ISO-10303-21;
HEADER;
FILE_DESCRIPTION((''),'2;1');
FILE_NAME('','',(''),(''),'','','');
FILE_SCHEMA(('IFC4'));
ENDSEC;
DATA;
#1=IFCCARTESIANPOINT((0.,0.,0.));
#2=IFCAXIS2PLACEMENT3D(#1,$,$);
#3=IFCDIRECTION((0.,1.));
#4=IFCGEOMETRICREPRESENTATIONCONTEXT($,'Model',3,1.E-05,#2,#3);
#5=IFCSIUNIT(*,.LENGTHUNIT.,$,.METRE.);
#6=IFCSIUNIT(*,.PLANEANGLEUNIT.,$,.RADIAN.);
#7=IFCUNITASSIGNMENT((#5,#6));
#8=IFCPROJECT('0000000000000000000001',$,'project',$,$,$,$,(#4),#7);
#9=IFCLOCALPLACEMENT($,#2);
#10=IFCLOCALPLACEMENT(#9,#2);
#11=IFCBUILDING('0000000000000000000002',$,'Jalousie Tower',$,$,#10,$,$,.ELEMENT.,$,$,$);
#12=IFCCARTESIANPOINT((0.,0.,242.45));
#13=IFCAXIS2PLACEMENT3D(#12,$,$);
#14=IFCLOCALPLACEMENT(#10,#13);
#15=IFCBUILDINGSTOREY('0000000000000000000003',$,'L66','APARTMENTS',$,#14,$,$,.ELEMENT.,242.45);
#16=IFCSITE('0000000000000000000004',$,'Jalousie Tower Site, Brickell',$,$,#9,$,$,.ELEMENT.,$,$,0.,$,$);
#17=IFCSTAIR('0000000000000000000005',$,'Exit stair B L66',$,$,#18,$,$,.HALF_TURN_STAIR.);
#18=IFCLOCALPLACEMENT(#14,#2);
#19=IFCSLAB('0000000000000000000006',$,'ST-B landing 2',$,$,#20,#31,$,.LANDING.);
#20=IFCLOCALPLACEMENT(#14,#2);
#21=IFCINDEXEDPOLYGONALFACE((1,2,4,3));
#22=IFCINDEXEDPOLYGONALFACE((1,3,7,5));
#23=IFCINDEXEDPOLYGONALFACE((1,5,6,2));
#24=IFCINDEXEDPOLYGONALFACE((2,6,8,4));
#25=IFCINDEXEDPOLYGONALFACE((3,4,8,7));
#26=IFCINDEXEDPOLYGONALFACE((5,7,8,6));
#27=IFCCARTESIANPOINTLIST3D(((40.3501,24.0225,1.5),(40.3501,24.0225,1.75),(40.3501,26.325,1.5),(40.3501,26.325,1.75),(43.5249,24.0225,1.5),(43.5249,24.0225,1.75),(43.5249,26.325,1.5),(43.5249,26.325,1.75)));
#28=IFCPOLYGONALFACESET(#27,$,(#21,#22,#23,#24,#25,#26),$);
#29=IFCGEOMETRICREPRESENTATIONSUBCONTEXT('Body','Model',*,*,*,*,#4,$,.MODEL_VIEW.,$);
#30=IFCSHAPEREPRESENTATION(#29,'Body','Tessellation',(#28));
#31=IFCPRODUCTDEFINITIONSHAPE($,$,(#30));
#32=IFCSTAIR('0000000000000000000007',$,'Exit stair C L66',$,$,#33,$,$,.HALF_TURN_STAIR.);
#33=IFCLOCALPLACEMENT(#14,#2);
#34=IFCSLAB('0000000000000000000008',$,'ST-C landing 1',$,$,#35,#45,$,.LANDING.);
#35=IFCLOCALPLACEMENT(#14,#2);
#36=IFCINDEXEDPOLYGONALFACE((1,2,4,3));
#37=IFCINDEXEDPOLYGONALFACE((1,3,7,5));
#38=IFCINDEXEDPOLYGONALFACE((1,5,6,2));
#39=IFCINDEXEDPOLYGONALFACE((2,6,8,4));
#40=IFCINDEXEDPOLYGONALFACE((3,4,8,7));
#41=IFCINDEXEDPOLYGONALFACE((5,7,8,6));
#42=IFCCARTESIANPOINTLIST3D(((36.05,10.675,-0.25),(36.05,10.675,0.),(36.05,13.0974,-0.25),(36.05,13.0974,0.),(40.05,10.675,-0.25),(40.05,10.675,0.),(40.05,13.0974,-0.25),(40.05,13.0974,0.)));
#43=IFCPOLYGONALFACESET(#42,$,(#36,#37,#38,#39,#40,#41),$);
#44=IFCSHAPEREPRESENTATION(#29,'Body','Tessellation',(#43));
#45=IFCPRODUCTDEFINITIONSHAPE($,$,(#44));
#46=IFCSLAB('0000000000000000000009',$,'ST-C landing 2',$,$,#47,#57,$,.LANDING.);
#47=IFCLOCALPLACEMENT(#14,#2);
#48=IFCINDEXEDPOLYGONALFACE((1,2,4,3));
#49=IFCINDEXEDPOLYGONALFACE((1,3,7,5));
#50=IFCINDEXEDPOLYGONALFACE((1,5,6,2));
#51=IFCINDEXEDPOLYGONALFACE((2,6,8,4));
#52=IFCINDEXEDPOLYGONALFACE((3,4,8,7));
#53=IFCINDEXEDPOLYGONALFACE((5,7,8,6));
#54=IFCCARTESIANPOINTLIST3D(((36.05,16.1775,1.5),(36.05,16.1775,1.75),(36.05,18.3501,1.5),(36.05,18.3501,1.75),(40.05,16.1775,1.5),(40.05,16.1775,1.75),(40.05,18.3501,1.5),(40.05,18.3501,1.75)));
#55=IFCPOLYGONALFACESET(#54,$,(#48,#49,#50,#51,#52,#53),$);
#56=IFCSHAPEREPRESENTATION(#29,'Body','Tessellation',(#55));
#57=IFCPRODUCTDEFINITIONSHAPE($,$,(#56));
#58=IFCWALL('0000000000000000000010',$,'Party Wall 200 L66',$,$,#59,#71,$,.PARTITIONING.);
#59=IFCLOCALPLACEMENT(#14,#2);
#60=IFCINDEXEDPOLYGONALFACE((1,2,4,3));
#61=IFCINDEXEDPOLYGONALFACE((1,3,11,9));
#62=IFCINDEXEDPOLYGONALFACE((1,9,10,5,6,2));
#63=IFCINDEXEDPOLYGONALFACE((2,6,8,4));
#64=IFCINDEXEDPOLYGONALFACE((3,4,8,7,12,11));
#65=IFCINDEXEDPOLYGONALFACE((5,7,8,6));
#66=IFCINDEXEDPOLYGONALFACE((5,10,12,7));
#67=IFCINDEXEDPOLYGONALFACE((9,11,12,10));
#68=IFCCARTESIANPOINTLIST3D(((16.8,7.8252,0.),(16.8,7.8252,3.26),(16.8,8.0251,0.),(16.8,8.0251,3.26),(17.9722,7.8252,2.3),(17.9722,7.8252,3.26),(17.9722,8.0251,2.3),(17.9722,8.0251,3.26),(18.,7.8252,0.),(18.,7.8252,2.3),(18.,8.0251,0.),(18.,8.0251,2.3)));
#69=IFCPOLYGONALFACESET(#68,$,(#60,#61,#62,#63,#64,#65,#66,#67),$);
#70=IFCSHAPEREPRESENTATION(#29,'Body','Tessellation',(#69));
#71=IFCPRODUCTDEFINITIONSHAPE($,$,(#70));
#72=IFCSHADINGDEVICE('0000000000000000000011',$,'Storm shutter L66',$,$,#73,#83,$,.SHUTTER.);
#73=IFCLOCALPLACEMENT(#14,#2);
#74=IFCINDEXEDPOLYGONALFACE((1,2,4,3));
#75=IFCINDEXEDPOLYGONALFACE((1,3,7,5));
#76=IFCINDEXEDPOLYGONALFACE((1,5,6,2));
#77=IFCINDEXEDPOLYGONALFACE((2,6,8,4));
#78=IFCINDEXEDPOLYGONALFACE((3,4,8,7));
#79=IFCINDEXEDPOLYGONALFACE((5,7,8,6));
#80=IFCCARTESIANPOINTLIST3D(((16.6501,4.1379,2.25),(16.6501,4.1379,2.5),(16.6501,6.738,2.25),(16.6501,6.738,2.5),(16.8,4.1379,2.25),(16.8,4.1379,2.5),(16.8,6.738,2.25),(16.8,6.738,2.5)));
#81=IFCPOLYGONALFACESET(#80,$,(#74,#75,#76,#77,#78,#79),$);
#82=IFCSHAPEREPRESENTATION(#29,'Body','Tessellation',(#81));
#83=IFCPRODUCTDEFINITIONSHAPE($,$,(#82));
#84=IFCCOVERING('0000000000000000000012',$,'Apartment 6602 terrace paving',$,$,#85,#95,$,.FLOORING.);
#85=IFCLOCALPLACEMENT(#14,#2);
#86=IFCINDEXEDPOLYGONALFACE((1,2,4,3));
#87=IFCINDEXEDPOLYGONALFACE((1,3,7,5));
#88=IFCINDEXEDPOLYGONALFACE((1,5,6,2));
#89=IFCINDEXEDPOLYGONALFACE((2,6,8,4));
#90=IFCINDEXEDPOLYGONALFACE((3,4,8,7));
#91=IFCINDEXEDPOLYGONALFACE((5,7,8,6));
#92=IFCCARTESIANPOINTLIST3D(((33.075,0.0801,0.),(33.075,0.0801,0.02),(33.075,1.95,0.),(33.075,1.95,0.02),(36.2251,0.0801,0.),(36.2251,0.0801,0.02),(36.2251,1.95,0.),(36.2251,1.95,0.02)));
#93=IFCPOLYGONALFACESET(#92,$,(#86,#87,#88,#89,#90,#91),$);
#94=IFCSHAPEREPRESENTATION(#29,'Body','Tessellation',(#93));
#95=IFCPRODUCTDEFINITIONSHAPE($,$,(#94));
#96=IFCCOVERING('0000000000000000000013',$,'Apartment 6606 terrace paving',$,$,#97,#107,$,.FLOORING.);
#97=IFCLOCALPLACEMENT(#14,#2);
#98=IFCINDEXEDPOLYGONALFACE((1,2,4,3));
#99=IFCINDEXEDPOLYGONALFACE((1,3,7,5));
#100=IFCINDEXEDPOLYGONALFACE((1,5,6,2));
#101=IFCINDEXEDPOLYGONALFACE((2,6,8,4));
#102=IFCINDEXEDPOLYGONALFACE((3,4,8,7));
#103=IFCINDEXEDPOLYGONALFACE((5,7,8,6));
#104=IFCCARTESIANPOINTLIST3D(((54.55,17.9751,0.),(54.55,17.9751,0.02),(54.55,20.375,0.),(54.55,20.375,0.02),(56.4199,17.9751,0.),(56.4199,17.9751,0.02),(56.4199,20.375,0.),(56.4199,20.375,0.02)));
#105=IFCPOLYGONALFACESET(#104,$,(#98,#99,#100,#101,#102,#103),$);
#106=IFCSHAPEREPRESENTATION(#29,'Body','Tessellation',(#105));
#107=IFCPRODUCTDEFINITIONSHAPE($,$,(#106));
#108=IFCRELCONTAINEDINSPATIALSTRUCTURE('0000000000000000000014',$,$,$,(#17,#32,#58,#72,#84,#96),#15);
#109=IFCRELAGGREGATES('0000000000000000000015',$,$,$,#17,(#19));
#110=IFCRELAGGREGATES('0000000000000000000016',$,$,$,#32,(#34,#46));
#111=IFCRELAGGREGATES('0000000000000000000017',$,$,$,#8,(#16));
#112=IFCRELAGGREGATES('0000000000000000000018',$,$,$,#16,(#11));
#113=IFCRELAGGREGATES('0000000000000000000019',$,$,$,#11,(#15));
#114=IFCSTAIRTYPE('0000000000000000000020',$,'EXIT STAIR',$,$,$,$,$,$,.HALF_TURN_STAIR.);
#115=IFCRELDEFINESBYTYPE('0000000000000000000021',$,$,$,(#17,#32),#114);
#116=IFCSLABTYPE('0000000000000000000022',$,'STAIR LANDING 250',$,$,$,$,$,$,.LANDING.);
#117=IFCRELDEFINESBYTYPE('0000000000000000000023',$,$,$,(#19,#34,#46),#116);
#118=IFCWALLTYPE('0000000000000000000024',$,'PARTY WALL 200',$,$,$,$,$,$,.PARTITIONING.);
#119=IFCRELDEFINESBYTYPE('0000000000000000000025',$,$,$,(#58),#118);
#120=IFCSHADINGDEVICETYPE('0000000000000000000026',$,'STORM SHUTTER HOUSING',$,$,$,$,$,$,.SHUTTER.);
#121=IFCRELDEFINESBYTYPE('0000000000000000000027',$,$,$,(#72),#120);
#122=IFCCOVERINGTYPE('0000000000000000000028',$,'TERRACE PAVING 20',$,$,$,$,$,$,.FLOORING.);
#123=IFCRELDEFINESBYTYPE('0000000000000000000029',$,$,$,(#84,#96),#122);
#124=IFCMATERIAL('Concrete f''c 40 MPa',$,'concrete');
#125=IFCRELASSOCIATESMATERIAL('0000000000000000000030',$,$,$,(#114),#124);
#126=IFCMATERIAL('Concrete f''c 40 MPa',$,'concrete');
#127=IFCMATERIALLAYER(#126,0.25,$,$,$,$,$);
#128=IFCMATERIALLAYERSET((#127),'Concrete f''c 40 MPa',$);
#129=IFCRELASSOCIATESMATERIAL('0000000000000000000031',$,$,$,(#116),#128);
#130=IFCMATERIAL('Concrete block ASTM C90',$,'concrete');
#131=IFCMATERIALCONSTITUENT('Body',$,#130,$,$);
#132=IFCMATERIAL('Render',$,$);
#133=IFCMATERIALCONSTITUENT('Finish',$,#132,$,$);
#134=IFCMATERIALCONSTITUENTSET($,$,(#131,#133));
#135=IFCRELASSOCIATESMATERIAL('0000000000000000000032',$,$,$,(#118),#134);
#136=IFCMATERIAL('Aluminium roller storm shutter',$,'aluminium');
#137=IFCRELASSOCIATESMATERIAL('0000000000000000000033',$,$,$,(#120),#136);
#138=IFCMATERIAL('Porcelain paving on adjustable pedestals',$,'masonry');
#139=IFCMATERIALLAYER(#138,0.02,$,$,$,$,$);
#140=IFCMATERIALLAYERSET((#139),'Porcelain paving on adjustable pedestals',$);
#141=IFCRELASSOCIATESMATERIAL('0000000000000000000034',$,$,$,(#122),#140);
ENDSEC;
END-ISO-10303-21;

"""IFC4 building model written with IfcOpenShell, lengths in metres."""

from ifc_helpers import new_model, si_unit, direction, frame, origin, origin_2d, place, context, subcontext, project, spatial, polyline, rectangle, outline, extrude, material, layer, layer_set, constituent, constituent_set, type_object, element, aggregate, save


model = new_model("IFC4")

# Units and contexts
model_context = context("Model", 3, precision=1e-05, world=origin(), true_north=direction((0.0, 1.0)))
body_context = subcontext(model_context, "Body", "Model", "MODEL_VIEW")
ifc_project = project(units=[si_unit("LENGTHUNIT", "METRE"), si_unit("PLANEANGLEUNIT", "RADIAN")], contexts=[model_context])

# Site, building, storey
site_placement = place(None, origin())
site = spatial("IfcSite", under=ifc_project, at=site_placement, Name="Jalousie Tower Site, Brickell", CompositionType="ELEMENT", RefElevation=0.0)
building_placement = place(site_placement, origin())
building = spatial("IfcBuilding", under=site, at=building_placement, Name="Jalousie Tower", CompositionType="ELEMENT")
storey_placement = place(building_placement, frame((0.0, 0.0, 242.45)))
storey = spatial("IfcBuildingStorey", under=building, at=storey_placement, Name="L66", Description="APARTMENTS", CompositionType="ELEMENT", Elevation=242.45)

# Stairs, slabs
ifc_material_1 = material(Name="Concrete f'c 40 MPa", Category="concrete")
stair_type = type_object("IfcStairType", Name="EXIT STAIR", PredefinedType="HALF_TURN_STAIR", material=ifc_material_1)
ifc_material_2 = material(Name="Concrete f'c 40 MPa", Category="concrete")
ifc_layer_1 = layer(ifc_material_2, 0.25)
ifc_layer_set_1 = layer_set([ifc_layer_1], Name="Concrete f'c 40 MPa")
slab_type_1 = type_object("IfcSlabType", Name="STAIR LANDING 250", PredefinedType="LANDING", material=ifc_layer_set_1)
stair_1_placement = place(storey_placement, origin())
stair_1 = element("IfcStair", 1, at=stair_1_placement, inside=storey, type_object=stair_type, Name="Exit stair B L66", PredefinedType="HALF_TURN_STAIR")
slab_1_placement = place(storey_placement, frame((0.0, 0.0, 1.5)))
slab_1 = element("IfcSlab", 2, at=slab_1_placement, type_object=slab_type_1, Name="ST-B landing 2", PredefinedType="LANDING", context=body_context, shape_type="SweptSolid", body=[
    extrude(outline(polyline([(40.3501, 24.0225), (43.5249, 24.0225), (43.5249, 26.325), (40.3501, 26.325), (40.3501, 24.0225)])), origin(), (0.0, 0.0, 1.0), 0.25),
])
aggregate(stair_1, [slab_1])
stair_2_placement = place(storey_placement, origin())
stair_2 = element("IfcStair", 3, at=stair_2_placement, inside=storey, type_object=stair_type, Name="Exit stair C L66", PredefinedType="HALF_TURN_STAIR")
slab_2_placement = place(storey_placement, frame((0.0, 0.0, -0.25)))
slab_2 = element("IfcSlab", 4, at=slab_2_placement, type_object=slab_type_1, Name="ST-C landing 1", PredefinedType="LANDING", context=body_context, shape_type="SweptSolid", body=[
    extrude(outline(polyline([(36.05, 10.675), (40.05, 10.675), (40.05, 13.0974), (36.05, 13.0974), (36.05, 10.675)])), origin(), (0.0, 0.0, 1.0), 0.25),
])
slab_3_placement = place(storey_placement, frame((0.0, 0.0, 1.5)))
slab_3 = element("IfcSlab", 5, at=slab_3_placement, type_object=slab_type_1, Name="ST-C landing 2", PredefinedType="LANDING", context=body_context, shape_type="SweptSolid", body=[
    extrude(outline(polyline([(36.05, 16.1775), (40.05, 16.1775), (40.05, 18.3501), (36.05, 18.3501), (36.05, 16.1775)])), origin(), (0.0, 0.0, 1.0), 0.25),
])
aggregate(stair_2, [slab_2, slab_3])

# Wall
ifc_material_3 = material(Name="Concrete block ASTM C90", Category="concrete")
ifc_constituent_1 = constituent(ifc_material_3, Name="Body")
ifc_material_4 = material(Name="Render")
ifc_constituent_2 = constituent(ifc_material_4, Name="Finish")
ifc_constituent_set = constituent_set(constituents=[ifc_constituent_1, ifc_constituent_2])
wall_type = type_object("IfcWallType", Name="PARTY WALL 200", PredefinedType="PARTITIONING", material=ifc_constituent_set)
wall_placement = place(storey_placement, frame((16.8, 7.925, 0.0), z_axis=(0.0, 0.0, 1.0), x_axis=(1.0, 0.0, 0.0)))
element("IfcWall", 6, at=wall_placement, inside=storey, type_object=wall_type, Name="Party Wall 200 L66", PredefinedType="PARTITIONING", context=body_context, shape_type="SweptSolid", body=[
    extrude(outline(polyline([(0.0, 0.0), (1.2, 0.0), (1.2, 3.26), (1.2, 2.3), (1.1721, 2.3), (1.1721, 3.26), (0.0, 3.26), (0.0, 0.0)])), frame((0.0, 0.1001, 0.0), z_axis=(0.0, -1.0, 0.0), x_axis=(1.0, 0.0, 0.0)), (0.0, 0.0, 1.0), 0.2),
])

# Shading device
ifc_material_5 = material(Name="Aluminium roller storm shutter", Category="aluminium")
shading_device_type = type_object("IfcShadingDeviceType", Name="STORM SHUTTER HOUSING", PredefinedType="SHUTTER", material=ifc_material_5)
shading_device_placement = place(storey_placement, frame((16.7251, 5.438, 2.25), z_axis=(0.0, 0.0, 1.0), x_axis=(0.0, -1.0, 0.0)))
element("IfcShadingDevice", 7, at=shading_device_placement, inside=storey, type_object=shading_device_type, Name="Storm shutter L66", PredefinedType="SHUTTER", context=body_context, shape_type="SweptSolid", body=[
    extrude(rectangle(XDim=2.6001, YDim=0.1499, at=origin_2d()), origin(), (0.0, 0.0, 1.0), 0.25),
])

# Coverings
ifc_material_6 = material(Name="Porcelain paving on adjustable pedestals", Category="masonry")
ifc_layer_2 = layer(ifc_material_6, 0.02)
ifc_layer_set_2 = layer_set([ifc_layer_2], Name="Porcelain paving on adjustable pedestals")
covering_type = type_object("IfcCoveringType", Name="TERRACE PAVING 20", PredefinedType="FLOORING", material=ifc_layer_set_2)
covering_1_placement = place(storey_placement, origin())
element("IfcCovering", 8, at=covering_1_placement, inside=storey, type_object=covering_type, Name="Apartment 6602 terrace paving", PredefinedType="FLOORING", context=body_context, shape_type="SweptSolid", body=[
    extrude(outline(polyline([(33.075, 0.0801), (36.2251, 0.0801), (36.2251, 1.95), (33.075, 1.95), (33.075, 0.0801)])), origin(), (0.0, 0.0, 1.0), 0.02),
])
covering_2_placement = place(storey_placement, origin())
element("IfcCovering", 9, at=covering_2_placement, inside=storey, type_object=covering_type, Name="Apartment 6606 terrace paving", PredefinedType="FLOORING", context=body_context, shape_type="SweptSolid", body=[
    extrude(outline(polyline([(56.4199, 17.9751), (56.4199, 20.375), (54.55, 20.375), (54.55, 17.9751), (56.4199, 17.9751)])), origin(), (0.0, 0.0, 1.0), 0.02),
])

save(model, "model.ifc")
